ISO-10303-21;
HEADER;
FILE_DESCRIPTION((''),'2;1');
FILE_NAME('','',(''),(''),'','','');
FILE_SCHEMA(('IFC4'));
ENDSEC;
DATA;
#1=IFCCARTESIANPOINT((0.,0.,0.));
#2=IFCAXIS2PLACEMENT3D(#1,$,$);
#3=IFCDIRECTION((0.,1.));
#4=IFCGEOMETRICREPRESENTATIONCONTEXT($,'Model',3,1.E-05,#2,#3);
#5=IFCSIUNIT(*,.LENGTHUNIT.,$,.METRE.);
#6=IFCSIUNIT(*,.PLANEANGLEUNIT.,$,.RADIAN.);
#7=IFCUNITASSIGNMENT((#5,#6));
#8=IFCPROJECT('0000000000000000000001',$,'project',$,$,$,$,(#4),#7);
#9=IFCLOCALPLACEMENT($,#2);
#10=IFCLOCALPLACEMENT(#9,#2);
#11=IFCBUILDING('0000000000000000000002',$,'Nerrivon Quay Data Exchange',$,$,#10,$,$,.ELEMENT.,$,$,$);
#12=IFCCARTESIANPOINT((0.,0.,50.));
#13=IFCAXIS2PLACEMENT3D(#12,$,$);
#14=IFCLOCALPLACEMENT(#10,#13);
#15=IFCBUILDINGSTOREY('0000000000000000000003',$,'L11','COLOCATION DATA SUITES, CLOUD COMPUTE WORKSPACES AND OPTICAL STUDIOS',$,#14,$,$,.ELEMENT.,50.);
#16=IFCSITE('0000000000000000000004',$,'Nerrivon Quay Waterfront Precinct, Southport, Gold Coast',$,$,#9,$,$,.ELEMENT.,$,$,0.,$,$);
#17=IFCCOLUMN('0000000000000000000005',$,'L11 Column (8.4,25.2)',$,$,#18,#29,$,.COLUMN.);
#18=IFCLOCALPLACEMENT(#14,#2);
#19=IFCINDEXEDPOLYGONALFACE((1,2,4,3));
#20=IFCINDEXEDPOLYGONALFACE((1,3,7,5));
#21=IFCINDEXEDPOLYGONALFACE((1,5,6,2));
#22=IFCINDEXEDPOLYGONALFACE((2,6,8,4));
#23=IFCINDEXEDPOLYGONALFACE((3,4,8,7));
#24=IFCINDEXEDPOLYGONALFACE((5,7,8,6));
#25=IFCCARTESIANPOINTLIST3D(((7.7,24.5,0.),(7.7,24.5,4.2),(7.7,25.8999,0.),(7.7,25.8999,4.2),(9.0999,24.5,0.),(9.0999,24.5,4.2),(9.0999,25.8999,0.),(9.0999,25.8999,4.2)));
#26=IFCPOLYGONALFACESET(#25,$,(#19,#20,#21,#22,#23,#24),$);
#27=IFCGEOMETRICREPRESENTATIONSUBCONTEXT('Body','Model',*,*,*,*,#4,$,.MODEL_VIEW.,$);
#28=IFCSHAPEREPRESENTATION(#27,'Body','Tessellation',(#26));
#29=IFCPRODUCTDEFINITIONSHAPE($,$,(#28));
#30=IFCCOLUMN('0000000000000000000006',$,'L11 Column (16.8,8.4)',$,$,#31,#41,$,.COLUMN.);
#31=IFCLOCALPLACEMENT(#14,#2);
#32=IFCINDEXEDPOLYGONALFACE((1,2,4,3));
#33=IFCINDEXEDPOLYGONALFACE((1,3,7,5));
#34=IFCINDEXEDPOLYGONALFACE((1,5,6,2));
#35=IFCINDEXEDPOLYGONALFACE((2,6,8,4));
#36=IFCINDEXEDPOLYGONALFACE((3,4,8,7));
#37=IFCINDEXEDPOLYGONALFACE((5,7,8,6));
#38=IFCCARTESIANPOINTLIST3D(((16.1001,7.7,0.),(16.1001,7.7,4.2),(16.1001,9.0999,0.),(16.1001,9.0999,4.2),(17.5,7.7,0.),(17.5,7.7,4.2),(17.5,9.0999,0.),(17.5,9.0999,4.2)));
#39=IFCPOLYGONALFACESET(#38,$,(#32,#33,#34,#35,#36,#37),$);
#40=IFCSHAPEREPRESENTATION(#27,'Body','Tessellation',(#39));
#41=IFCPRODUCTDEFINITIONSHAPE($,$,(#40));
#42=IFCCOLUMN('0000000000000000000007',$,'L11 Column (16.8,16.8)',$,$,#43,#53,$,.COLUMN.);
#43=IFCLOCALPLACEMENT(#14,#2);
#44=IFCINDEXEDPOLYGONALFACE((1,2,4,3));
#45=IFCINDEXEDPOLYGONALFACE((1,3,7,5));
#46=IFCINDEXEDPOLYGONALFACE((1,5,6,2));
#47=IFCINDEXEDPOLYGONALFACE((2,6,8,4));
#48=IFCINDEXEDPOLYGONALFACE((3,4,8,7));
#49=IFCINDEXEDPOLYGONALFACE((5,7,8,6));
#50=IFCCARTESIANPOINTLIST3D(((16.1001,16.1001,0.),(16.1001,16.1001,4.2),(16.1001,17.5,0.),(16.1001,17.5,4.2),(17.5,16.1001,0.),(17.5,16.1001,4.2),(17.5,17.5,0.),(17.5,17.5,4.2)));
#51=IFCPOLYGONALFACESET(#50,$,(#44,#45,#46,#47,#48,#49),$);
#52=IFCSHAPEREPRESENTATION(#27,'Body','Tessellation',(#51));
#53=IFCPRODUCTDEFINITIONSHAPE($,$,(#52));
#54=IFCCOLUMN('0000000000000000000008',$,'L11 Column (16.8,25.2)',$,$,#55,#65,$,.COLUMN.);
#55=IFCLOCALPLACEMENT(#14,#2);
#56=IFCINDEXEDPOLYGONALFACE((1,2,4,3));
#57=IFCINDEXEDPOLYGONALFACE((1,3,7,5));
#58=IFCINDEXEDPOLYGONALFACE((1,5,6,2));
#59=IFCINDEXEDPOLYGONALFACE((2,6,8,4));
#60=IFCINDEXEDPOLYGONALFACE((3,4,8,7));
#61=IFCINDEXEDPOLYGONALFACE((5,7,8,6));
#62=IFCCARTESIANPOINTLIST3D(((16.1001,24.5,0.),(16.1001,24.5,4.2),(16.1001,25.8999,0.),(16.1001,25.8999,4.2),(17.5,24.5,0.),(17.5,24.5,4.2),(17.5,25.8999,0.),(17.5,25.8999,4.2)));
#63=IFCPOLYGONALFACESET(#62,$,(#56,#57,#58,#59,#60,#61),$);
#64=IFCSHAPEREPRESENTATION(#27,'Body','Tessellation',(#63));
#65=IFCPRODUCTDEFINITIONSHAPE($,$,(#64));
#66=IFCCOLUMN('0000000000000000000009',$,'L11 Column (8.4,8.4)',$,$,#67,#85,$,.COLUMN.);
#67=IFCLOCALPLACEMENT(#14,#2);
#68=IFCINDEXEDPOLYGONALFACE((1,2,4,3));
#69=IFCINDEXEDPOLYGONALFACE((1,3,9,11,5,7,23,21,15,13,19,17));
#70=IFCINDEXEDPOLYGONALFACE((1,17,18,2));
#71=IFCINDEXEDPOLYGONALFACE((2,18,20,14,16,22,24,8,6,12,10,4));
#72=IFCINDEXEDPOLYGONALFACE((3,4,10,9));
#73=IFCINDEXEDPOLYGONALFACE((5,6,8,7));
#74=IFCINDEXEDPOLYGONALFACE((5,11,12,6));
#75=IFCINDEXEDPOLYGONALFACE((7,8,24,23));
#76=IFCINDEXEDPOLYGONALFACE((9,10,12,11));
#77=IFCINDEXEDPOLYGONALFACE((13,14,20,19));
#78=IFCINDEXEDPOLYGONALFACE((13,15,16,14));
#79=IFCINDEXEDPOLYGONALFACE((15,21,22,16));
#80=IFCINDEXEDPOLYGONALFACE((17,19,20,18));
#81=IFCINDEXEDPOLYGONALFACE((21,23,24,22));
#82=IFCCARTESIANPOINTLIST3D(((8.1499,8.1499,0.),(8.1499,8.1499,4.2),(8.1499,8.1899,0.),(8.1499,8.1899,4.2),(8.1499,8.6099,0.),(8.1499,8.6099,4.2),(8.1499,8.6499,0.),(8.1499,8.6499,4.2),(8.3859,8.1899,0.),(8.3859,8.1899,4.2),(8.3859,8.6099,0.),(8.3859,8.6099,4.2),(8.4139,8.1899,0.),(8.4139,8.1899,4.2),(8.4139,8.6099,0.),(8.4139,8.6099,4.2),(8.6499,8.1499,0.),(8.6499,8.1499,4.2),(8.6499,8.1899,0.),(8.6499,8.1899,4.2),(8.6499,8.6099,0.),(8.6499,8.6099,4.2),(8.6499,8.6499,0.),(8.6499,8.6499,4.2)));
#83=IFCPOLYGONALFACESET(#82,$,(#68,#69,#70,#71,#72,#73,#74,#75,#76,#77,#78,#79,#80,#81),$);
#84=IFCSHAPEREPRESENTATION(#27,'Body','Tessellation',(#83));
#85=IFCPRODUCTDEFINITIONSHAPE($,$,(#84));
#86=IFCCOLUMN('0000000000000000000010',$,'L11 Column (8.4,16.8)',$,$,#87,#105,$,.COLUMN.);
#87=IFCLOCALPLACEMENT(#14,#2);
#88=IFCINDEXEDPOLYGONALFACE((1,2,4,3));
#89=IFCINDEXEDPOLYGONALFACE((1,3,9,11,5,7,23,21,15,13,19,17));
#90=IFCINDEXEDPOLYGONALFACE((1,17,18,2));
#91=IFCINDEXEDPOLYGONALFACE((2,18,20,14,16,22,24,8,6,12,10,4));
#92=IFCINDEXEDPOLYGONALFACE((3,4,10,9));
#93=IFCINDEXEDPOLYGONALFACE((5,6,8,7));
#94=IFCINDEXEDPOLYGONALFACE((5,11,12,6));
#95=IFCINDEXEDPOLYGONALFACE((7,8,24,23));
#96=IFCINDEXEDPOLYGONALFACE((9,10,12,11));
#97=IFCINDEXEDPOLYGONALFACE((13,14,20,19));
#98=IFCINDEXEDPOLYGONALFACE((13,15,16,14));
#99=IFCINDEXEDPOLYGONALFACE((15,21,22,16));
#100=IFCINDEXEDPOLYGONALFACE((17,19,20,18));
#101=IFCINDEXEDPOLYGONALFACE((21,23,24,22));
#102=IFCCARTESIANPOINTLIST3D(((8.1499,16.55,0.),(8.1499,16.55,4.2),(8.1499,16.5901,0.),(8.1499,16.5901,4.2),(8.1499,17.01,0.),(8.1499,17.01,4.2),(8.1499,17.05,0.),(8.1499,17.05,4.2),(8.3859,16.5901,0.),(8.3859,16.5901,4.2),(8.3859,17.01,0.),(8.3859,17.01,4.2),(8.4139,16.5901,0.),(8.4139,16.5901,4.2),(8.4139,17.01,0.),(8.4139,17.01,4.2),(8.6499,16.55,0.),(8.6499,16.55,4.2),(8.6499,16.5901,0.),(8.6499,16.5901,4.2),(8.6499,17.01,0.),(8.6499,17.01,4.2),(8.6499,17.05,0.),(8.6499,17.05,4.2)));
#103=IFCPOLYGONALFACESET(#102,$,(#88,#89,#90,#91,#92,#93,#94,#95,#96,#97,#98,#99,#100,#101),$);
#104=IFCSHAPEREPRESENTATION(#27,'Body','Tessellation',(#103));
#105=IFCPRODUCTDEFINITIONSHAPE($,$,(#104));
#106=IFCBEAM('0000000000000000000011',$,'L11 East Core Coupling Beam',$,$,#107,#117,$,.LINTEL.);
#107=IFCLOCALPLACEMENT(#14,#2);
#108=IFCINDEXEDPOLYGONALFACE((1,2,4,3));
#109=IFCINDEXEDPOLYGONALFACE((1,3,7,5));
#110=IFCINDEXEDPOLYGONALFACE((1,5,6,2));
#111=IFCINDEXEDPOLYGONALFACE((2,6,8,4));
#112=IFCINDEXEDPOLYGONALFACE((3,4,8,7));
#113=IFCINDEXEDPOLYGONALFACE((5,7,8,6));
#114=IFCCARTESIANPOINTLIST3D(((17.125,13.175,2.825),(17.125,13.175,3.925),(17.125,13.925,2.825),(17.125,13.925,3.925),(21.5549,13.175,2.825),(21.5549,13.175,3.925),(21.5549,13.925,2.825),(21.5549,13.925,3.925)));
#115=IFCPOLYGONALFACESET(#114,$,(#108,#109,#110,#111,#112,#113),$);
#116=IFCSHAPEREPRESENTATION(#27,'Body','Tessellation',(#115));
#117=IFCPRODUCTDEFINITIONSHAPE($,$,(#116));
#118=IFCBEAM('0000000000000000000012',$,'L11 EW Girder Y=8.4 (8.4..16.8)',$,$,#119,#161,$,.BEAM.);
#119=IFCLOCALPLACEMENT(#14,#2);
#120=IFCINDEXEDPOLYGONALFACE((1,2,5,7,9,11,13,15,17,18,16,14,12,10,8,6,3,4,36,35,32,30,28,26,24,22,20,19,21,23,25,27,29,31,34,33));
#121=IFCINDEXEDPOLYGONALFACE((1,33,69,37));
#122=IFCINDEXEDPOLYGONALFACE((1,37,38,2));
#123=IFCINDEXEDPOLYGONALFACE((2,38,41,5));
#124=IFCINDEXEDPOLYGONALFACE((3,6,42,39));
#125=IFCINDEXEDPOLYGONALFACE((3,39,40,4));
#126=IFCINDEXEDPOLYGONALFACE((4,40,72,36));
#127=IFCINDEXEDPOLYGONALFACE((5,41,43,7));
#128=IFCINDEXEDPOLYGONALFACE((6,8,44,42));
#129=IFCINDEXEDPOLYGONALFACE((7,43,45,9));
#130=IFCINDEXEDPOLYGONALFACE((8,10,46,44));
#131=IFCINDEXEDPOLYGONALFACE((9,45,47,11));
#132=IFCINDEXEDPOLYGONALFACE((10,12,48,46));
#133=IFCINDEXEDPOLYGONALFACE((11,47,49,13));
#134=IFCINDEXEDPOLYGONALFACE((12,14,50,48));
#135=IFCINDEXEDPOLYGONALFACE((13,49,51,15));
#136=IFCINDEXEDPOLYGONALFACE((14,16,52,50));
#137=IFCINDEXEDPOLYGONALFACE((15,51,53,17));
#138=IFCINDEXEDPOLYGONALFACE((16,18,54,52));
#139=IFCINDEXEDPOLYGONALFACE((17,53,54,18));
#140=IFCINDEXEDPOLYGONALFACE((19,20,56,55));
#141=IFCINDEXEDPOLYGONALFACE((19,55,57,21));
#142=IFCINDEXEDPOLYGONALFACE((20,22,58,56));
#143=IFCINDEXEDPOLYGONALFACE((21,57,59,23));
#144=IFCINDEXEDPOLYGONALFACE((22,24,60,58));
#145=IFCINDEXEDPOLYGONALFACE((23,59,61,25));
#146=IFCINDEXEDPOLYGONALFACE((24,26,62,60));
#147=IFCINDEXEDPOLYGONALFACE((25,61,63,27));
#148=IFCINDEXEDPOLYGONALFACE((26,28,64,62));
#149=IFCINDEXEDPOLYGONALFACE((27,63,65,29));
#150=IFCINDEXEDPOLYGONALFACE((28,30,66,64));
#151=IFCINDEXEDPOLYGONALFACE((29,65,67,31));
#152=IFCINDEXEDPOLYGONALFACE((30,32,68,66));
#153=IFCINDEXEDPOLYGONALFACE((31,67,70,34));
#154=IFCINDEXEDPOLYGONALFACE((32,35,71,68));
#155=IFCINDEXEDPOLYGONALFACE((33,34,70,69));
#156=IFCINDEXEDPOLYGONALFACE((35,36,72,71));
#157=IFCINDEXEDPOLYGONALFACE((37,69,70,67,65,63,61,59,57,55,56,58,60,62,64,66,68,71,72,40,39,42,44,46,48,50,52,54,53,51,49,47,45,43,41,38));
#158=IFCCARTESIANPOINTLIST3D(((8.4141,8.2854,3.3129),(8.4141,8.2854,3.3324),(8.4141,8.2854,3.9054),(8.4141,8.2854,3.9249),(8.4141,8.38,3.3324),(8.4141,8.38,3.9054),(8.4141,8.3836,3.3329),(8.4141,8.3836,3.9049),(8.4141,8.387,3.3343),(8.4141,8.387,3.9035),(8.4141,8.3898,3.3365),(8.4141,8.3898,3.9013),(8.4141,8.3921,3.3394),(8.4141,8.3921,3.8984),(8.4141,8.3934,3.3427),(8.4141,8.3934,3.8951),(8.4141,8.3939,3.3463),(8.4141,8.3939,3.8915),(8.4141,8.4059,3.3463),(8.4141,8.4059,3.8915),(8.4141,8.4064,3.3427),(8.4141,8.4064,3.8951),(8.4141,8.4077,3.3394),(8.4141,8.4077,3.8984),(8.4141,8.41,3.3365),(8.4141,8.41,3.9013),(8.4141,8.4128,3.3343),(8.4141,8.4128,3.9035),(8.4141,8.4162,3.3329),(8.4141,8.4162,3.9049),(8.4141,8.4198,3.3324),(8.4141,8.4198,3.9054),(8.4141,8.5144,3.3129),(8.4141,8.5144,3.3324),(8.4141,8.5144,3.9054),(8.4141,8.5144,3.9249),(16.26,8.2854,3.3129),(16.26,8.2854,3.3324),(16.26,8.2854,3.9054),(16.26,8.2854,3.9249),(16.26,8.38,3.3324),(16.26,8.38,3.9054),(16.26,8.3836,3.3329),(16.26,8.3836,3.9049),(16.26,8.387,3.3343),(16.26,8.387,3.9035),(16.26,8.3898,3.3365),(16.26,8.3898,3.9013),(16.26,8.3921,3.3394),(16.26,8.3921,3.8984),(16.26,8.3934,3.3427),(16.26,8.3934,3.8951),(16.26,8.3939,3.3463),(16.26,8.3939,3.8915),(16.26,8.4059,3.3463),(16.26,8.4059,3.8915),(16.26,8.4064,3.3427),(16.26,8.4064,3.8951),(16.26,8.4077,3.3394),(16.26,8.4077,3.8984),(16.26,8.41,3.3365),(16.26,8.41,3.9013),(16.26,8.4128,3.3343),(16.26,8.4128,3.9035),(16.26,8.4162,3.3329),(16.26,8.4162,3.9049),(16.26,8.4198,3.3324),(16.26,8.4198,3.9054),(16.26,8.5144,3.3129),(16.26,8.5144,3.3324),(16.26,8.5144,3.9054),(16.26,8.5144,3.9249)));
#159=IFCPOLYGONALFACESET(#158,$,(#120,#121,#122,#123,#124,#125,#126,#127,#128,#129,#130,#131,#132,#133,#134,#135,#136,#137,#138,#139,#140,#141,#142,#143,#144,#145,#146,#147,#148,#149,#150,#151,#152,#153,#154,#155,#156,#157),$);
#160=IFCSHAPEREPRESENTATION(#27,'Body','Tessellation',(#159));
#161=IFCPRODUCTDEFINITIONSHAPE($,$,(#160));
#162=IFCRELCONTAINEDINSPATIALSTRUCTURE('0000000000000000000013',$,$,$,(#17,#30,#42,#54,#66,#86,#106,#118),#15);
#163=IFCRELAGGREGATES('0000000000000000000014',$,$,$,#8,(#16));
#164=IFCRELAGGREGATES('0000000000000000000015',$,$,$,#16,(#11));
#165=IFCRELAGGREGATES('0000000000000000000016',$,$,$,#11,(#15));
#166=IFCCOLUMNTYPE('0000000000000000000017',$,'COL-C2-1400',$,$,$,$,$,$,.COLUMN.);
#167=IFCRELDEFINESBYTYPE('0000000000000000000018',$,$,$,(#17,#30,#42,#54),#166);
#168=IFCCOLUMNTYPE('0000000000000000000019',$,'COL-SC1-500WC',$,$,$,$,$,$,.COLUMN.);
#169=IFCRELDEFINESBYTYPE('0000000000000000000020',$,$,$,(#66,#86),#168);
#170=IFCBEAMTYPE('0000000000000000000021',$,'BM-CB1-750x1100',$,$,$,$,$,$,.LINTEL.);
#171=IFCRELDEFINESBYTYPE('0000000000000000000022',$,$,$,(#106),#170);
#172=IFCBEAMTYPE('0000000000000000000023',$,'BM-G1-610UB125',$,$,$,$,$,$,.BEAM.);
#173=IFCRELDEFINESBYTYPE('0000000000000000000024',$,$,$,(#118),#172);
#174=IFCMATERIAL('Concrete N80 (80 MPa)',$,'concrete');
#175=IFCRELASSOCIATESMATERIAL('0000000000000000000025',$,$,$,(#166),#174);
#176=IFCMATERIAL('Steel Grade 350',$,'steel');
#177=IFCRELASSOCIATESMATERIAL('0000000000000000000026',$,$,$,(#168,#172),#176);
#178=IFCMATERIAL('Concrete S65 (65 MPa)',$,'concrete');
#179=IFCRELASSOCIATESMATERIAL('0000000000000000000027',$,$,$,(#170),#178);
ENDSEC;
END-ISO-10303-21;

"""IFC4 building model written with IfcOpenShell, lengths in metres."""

from ifc_helpers import new_model, si_unit, direction, frame, origin, origin_2d, place, context, subcontext, project, spatial, rectangle, i_section, extrude, material, material_profile, profile_set, type_object, element, save


model = new_model("IFC4")

# Units and contexts
model_context = context("Model", 3, precision=1e-05, world=origin(), true_north=direction((0.0, 1.0)))
body_context = subcontext(model_context, "Body", "Model", "MODEL_VIEW")
ifc_project = project(units=[si_unit("LENGTHUNIT", "METRE"), si_unit("PLANEANGLEUNIT", "RADIAN")], contexts=[model_context])

# Site, building, storey
site_placement = place(None, origin())
site = spatial("IfcSite", under=ifc_project, at=site_placement, Name="Nerrivon Quay Waterfront Precinct, Southport, Gold Coast", CompositionType="ELEMENT", RefElevation=0.0)
building_placement = place(site_placement, origin())
building = spatial("IfcBuilding", under=site, at=building_placement, Name="Nerrivon Quay Data Exchange", CompositionType="ELEMENT")
storey_placement = place(building_placement, frame((0.0, 0.0, 50.0)))
storey = spatial("IfcBuildingStorey", under=building, at=storey_placement, Name="L11", Description="COLOCATION DATA SUITES, CLOUD COMPUTE WORKSPACES AND OPTICAL STUDIOS", CompositionType="ELEMENT", Elevation=50.0)

# Columns
ifc_material_1 = material(Name="Concrete N80 (80 MPa)", Category="concrete")
ifc_material_profile_1 = material_profile(ifc_material_1, rectangle(XDim=1.3999, YDim=1.3999, at=origin_2d()), Name="RC-COL-1400x1400")
ifc_profile_set_1 = profile_set([ifc_material_profile_1], Name="Concrete N80 (80 MPa)")
column_type_1 = type_object("IfcColumnType", Name="COL-C2-1400", PredefinedType="COLUMN", material=ifc_profile_set_1)
for number, where, z_axis, x_axis, name in (
    (1, (8.3999, 25.2, 0.0), (0.0, 0.0, 1.0), (1.0, 0.0, 0.0), "L11 Column (8.4,25.2)"),
    (2, (16.8, 8.3999, 0.0), (0.0, 0.0, 1.0), (1.0, 0.0, 0.0), "L11 Column (16.8,8.4)"),
    (3, (16.8, 16.8, 0.0), (0.0, 0.0, 1.0), (1.0, 0.0, 0.0), "L11 Column (16.8,16.8)"),
    (4, (16.8, 25.2, 0.0), (0.0, 0.0, 1.0), (1.0, 0.0, 0.0), "L11 Column (16.8,25.2)"),
):
    element("IfcColumn", number, at=place(storey_placement, frame(where, z_axis=z_axis, x_axis=x_axis)), inside=storey, type_object=column_type_1, Name=name, PredefinedType="COLUMN", context=body_context, shape_type="SweptSolid", body=[
        extrude(rectangle(XDim=1.3999, YDim=1.3999, at=origin_2d()), origin(), (0.0, 0.0, 1.0), 4.2),
    ])
ifc_material_2 = material(Name="Steel Grade 350", Category="steel")
ifc_material_profile_2 = material_profile(ifc_material_2, i_section(OverallWidth=0.5, OverallDepth=0.5, WebThickness=0.0281, FlangeThickness=0.04, at=origin_2d()), Name="500WC440")
ifc_profile_set_2 = profile_set([ifc_material_profile_2], Name="Steel Grade 350")
column_type_2 = type_object("IfcColumnType", Name="COL-SC1-500WC", PredefinedType="COLUMN", material=ifc_profile_set_2)
for number, where, z_axis, x_axis, name in (
    (5, (8.3999, 8.3999, 0.0), (0.0, 0.0, 1.0), (1.0, 0.0, 0.0), "L11 Column (8.4,8.4)"),
    (6, (8.3999, 16.8, 0.0), (0.0, 0.0, 1.0), (1.0, 0.0, 0.0), "L11 Column (8.4,16.8)"),
):
    element("IfcColumn", number, at=place(storey_placement, frame(where, z_axis=z_axis, x_axis=x_axis)), inside=storey, type_object=column_type_2, Name=name, PredefinedType="COLUMN", context=body_context, shape_type="SweptSolid", body=[
        extrude(i_section(OverallWidth=0.5, OverallDepth=0.5, WebThickness=0.0281, FlangeThickness=0.04, at=origin_2d()), origin(), (0.0, 0.0, 1.0), 4.2),
    ])

# Beams
ifc_material_3 = material(Name="Concrete S65 (65 MPa)", Category="concrete")
ifc_material_profile_3 = material_profile(ifc_material_3, rectangle(XDim=0.75, YDim=1.1001, at=origin_2d()), Name="RC-CB-750x1100")
ifc_profile_set_3 = profile_set([ifc_material_profile_3], Name="Concrete S65 (65 MPa)")
beam_type_1 = type_object("IfcBeamType", Name="BM-CB1-750x1100", PredefinedType="LINTEL", material=ifc_profile_set_3)
beam_1_placement = place(storey_placement, frame((17.125, 13.55, 3.375), z_axis=(1.0, 0.0, 0.0), x_axis=(0.0, 1.0, 0.0)))
element("IfcBeam", 7, at=beam_1_placement, inside=storey, type_object=beam_type_1, Name="L11 East Core Coupling Beam", PredefinedType="LINTEL", context=body_context, shape_type="SweptSolid", body=[
    extrude(rectangle(XDim=0.75, YDim=1.1001, at=origin_2d()), origin(), (0.0, 0.0, 1.0), 4.4299),
])
ifc_material_profile_4 = material_profile(ifc_material_2, i_section(OverallWidth=0.229, OverallDepth=0.6121, WebThickness=0.012, FlangeThickness=0.0195, FilletRadius=0.0139, at=origin_2d()), Name="610UB125")
ifc_profile_set_4 = profile_set([ifc_material_profile_4], Name="Steel Grade 350")
beam_type_2 = type_object("IfcBeamType", Name="BM-G1-610UB125", PredefinedType="BEAM", material=ifc_profile_set_4)
beam_2_placement = place(storey_placement, frame((8.4141, 8.3999, 3.6189), z_axis=(1.0, 0.0, 0.0), x_axis=(0.0, 1.0, 0.0)))
element("IfcBeam", 8, at=beam_2_placement, inside=storey, type_object=beam_type_2, Name="L11 EW Girder Y=8.4 (8.4..16.8)", PredefinedType="BEAM", context=body_context, shape_type="SweptSolid", body=[
    extrude(i_section(OverallWidth=0.229, OverallDepth=0.6121, WebThickness=0.012, FlangeThickness=0.0195, FilletRadius=0.0139, at=origin_2d()), origin(), (0.0, 0.0, 1.0), 7.8459),
])

save(model, "model.ifc")
